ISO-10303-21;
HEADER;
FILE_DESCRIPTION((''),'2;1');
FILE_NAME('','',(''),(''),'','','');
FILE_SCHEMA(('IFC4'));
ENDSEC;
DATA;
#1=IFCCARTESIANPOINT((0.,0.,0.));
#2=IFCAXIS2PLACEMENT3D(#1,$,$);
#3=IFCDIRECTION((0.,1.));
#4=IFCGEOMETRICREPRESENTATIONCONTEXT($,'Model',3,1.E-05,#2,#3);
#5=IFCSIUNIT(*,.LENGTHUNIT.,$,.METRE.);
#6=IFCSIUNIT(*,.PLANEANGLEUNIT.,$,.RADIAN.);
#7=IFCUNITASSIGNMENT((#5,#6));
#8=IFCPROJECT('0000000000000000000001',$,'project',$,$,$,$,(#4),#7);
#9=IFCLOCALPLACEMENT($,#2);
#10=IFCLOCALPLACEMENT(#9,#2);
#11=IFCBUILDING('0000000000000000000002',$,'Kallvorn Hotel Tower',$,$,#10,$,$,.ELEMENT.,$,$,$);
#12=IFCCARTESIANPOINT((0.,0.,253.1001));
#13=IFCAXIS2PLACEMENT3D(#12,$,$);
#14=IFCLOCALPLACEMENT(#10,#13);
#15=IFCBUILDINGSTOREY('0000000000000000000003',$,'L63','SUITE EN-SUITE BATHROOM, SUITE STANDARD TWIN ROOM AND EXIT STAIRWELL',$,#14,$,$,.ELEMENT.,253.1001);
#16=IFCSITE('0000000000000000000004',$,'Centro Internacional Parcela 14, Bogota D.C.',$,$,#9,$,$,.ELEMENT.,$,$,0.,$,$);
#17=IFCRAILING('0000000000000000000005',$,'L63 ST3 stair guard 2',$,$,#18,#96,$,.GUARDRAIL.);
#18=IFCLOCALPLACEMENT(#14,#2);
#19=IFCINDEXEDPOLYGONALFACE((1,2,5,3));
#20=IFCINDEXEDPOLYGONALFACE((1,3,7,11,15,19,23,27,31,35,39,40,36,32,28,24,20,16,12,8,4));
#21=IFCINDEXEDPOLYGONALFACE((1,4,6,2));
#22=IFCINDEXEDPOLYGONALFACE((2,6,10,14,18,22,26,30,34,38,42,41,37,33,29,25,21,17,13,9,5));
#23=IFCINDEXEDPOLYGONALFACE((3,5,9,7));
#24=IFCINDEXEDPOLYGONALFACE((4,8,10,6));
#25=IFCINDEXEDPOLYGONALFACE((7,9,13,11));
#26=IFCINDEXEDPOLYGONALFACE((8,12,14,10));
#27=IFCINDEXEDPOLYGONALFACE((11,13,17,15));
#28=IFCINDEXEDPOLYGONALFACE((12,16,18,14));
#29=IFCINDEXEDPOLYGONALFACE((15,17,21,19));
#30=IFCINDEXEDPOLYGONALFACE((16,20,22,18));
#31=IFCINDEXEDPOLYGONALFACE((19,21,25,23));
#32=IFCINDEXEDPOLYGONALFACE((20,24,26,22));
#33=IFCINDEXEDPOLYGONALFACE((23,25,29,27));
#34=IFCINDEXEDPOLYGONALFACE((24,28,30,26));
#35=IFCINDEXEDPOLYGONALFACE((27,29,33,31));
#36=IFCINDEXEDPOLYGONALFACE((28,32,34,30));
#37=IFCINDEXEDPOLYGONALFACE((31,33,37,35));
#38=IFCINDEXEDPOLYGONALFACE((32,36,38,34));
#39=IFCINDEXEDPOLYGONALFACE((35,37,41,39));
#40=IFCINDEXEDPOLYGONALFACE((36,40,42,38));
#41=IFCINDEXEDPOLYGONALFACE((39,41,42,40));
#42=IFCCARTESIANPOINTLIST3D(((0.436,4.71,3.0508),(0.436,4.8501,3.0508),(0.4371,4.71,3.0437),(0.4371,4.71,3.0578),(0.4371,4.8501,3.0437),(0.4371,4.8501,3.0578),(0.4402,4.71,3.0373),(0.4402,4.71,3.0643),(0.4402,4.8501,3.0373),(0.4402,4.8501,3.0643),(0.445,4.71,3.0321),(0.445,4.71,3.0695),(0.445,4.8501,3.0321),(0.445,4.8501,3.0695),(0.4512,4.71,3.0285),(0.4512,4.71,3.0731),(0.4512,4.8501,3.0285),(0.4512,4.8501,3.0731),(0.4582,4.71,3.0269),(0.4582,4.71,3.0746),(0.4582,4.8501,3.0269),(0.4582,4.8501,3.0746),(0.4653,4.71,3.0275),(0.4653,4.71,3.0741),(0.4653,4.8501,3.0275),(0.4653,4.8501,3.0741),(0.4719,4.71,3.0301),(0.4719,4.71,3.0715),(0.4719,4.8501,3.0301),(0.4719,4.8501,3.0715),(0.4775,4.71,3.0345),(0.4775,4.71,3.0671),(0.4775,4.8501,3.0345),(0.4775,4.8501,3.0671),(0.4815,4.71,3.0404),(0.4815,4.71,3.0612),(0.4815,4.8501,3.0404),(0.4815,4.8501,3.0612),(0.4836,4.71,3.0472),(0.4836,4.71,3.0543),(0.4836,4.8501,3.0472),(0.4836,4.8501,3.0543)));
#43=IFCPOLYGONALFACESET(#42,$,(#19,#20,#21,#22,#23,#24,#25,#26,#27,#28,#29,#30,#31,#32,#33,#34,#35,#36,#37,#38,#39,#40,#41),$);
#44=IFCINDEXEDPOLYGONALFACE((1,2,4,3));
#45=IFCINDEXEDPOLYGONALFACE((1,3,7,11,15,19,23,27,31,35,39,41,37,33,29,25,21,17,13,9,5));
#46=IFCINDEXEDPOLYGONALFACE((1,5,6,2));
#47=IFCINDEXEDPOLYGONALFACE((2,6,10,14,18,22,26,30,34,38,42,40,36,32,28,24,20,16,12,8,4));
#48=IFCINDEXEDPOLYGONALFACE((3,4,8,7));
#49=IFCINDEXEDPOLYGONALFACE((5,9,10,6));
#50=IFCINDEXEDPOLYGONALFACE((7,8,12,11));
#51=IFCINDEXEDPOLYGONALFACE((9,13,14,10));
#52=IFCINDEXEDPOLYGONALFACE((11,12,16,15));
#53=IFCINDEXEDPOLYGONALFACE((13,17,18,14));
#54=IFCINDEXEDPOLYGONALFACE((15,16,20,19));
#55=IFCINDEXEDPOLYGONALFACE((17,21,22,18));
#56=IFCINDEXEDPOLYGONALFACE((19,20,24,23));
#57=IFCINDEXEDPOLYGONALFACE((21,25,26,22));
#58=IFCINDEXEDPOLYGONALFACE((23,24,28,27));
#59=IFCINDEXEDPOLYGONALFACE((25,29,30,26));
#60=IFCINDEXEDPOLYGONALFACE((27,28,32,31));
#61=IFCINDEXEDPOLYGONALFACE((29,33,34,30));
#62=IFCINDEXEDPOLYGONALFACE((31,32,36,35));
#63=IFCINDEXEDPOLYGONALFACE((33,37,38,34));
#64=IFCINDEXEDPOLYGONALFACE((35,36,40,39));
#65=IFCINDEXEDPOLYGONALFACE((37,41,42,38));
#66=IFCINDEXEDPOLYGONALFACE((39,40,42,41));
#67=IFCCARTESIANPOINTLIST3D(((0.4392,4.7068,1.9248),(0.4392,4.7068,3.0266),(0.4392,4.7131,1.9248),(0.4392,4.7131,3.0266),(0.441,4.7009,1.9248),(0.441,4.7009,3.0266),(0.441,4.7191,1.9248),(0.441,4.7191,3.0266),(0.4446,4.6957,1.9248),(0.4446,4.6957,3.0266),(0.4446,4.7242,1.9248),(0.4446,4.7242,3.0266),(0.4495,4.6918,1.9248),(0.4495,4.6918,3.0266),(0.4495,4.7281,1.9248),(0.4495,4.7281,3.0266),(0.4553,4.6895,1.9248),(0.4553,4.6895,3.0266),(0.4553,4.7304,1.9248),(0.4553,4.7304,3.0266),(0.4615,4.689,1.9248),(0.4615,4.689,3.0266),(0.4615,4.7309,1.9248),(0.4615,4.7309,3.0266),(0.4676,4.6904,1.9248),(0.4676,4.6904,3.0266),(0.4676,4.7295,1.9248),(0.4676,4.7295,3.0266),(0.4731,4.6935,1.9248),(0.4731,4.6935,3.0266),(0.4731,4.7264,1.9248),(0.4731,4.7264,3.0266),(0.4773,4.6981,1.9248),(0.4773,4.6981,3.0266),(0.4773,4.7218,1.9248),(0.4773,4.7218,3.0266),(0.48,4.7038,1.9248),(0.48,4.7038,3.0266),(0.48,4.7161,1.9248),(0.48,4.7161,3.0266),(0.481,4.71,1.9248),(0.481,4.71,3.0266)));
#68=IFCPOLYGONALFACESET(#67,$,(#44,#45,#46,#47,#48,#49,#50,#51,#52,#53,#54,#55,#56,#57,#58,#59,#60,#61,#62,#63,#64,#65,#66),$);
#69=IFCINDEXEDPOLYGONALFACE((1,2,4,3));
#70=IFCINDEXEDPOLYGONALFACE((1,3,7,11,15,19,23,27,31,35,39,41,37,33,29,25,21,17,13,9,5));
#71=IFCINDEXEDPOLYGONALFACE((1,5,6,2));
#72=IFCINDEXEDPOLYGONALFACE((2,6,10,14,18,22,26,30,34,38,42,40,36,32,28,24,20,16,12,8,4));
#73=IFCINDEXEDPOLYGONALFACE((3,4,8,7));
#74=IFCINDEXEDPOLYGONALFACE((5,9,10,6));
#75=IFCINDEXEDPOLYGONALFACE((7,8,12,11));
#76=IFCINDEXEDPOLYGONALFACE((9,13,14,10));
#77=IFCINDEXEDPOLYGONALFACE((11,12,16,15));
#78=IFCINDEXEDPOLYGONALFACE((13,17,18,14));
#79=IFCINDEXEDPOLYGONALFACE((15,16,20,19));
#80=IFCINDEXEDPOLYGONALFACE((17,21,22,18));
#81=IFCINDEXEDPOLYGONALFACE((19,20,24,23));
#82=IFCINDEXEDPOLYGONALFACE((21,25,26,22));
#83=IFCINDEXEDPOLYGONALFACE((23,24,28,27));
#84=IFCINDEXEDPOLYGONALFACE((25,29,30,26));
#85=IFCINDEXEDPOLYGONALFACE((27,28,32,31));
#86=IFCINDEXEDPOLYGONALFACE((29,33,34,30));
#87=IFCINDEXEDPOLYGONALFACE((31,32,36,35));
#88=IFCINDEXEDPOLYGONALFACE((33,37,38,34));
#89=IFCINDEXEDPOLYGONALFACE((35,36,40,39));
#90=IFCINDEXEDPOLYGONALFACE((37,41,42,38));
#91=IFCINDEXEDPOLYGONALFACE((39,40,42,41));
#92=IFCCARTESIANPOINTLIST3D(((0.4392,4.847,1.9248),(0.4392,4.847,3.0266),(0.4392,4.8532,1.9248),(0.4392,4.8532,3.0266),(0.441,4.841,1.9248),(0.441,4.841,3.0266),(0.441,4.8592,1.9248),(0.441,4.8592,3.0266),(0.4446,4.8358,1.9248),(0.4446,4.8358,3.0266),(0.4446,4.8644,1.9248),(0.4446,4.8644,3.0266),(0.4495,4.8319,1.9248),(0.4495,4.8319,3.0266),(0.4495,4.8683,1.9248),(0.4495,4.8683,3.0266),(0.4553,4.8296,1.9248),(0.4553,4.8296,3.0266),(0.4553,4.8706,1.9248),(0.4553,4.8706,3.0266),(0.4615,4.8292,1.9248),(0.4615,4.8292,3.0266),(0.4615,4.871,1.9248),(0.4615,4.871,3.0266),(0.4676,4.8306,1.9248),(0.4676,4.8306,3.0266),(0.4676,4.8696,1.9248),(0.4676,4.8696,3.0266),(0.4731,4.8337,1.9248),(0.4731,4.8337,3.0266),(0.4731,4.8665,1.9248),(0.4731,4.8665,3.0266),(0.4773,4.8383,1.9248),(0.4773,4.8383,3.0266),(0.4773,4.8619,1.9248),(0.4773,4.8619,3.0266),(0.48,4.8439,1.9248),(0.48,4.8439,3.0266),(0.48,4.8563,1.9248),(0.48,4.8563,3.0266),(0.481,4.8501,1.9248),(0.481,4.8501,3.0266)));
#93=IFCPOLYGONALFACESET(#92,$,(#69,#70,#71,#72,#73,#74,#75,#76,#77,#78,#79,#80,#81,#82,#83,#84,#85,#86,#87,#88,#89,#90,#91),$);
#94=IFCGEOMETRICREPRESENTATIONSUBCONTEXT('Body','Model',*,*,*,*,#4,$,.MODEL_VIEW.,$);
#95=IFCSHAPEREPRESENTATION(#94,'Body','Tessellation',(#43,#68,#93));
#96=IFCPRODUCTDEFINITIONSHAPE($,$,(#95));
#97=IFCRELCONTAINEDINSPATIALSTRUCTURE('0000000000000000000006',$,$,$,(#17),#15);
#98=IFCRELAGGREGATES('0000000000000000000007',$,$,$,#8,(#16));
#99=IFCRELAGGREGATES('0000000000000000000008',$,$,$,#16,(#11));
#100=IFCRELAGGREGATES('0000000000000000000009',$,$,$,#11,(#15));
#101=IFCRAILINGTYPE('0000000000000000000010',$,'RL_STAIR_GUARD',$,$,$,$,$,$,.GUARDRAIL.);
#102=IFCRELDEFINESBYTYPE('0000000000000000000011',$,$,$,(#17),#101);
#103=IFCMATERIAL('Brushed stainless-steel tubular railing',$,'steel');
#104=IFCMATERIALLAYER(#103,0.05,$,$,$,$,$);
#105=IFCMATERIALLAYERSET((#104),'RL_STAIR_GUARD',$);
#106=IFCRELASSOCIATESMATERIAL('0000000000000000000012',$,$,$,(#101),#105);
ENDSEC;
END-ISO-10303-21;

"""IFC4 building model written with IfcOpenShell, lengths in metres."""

from ifc_helpers import new_model, si_unit, direction, frame, origin, origin_2d, place, context, subcontext, project, spatial, circle, extrude, material, layer, layer_set, type_object, element, save


model = new_model("IFC4")

# Units and contexts
model_context = context("Model", 3, precision=1e-05, world=origin(), true_north=direction((0.0, 1.0)))
body_context = subcontext(model_context, "Body", "Model", "MODEL_VIEW")
ifc_project = project(units=[si_unit("LENGTHUNIT", "METRE"), si_unit("PLANEANGLEUNIT", "RADIAN")], contexts=[model_context])

# Site, building, storey
site_placement = place(None, origin())
site = spatial("IfcSite", under=ifc_project, at=site_placement, Name="Centro Internacional Parcela 14, Bogota D.C.", CompositionType="ELEMENT", RefElevation=0.0)
building_placement = place(site_placement, origin())
building = spatial("IfcBuilding", under=site, at=building_placement, Name="Kallvorn Hotel Tower", CompositionType="ELEMENT")
storey_placement = place(building_placement, frame((0.0, 0.0, 253.1001)))
storey = spatial("IfcBuildingStorey", under=building, at=storey_placement, Name="L63", Description="SUITE EN-SUITE BATHROOM, SUITE STANDARD TWIN ROOM AND EXIT STAIRWELL", CompositionType="ELEMENT", Elevation=253.1001)

# Railing
ifc_material_1 = material(Name="Brushed stainless-steel tubular railing", Category="steel")
ifc_layer_1 = layer(ifc_material_1, 0.05)
ifc_layer_set_1 = layer_set([ifc_layer_1], Name="RL_STAIR_GUARD")
railing_type_1 = type_object("IfcRailingType", Name="RL_STAIR_GUARD", PredefinedType="GUARDRAIL", material=ifc_layer_set_1)
railing_1_placement = place(storey_placement, frame((0.46, 4.71, 1.9248)))
element("IfcRailing", 1, at=railing_1_placement, inside=storey, type_object=railing_type_1, Name="L63 ST3 stair guard 2", PredefinedType="GUARDRAIL", context=body_context, shape_type="SweptSolid", body=[
    extrude(circle(Radius=0.0239, at=origin_2d()), frame((0.0, 0.0, 1.126), z_axis=(0.0, 1.0, 0.0), x_axis=(-1.0, 0.0, 0.0)), (0.0, 0.0, 1.0), 0.1401),
    extrude(circle(Radius=0.021, at=origin_2d()), origin(), (0.0, 0.0, 1.0), 1.1018),
    extrude(circle(Radius=0.021, at=origin_2d()), frame((0.0, 0.1401, 0.0)), (0.0, 0.0, 1.0), 1.1018),
])

save(model, "model.ifc")
